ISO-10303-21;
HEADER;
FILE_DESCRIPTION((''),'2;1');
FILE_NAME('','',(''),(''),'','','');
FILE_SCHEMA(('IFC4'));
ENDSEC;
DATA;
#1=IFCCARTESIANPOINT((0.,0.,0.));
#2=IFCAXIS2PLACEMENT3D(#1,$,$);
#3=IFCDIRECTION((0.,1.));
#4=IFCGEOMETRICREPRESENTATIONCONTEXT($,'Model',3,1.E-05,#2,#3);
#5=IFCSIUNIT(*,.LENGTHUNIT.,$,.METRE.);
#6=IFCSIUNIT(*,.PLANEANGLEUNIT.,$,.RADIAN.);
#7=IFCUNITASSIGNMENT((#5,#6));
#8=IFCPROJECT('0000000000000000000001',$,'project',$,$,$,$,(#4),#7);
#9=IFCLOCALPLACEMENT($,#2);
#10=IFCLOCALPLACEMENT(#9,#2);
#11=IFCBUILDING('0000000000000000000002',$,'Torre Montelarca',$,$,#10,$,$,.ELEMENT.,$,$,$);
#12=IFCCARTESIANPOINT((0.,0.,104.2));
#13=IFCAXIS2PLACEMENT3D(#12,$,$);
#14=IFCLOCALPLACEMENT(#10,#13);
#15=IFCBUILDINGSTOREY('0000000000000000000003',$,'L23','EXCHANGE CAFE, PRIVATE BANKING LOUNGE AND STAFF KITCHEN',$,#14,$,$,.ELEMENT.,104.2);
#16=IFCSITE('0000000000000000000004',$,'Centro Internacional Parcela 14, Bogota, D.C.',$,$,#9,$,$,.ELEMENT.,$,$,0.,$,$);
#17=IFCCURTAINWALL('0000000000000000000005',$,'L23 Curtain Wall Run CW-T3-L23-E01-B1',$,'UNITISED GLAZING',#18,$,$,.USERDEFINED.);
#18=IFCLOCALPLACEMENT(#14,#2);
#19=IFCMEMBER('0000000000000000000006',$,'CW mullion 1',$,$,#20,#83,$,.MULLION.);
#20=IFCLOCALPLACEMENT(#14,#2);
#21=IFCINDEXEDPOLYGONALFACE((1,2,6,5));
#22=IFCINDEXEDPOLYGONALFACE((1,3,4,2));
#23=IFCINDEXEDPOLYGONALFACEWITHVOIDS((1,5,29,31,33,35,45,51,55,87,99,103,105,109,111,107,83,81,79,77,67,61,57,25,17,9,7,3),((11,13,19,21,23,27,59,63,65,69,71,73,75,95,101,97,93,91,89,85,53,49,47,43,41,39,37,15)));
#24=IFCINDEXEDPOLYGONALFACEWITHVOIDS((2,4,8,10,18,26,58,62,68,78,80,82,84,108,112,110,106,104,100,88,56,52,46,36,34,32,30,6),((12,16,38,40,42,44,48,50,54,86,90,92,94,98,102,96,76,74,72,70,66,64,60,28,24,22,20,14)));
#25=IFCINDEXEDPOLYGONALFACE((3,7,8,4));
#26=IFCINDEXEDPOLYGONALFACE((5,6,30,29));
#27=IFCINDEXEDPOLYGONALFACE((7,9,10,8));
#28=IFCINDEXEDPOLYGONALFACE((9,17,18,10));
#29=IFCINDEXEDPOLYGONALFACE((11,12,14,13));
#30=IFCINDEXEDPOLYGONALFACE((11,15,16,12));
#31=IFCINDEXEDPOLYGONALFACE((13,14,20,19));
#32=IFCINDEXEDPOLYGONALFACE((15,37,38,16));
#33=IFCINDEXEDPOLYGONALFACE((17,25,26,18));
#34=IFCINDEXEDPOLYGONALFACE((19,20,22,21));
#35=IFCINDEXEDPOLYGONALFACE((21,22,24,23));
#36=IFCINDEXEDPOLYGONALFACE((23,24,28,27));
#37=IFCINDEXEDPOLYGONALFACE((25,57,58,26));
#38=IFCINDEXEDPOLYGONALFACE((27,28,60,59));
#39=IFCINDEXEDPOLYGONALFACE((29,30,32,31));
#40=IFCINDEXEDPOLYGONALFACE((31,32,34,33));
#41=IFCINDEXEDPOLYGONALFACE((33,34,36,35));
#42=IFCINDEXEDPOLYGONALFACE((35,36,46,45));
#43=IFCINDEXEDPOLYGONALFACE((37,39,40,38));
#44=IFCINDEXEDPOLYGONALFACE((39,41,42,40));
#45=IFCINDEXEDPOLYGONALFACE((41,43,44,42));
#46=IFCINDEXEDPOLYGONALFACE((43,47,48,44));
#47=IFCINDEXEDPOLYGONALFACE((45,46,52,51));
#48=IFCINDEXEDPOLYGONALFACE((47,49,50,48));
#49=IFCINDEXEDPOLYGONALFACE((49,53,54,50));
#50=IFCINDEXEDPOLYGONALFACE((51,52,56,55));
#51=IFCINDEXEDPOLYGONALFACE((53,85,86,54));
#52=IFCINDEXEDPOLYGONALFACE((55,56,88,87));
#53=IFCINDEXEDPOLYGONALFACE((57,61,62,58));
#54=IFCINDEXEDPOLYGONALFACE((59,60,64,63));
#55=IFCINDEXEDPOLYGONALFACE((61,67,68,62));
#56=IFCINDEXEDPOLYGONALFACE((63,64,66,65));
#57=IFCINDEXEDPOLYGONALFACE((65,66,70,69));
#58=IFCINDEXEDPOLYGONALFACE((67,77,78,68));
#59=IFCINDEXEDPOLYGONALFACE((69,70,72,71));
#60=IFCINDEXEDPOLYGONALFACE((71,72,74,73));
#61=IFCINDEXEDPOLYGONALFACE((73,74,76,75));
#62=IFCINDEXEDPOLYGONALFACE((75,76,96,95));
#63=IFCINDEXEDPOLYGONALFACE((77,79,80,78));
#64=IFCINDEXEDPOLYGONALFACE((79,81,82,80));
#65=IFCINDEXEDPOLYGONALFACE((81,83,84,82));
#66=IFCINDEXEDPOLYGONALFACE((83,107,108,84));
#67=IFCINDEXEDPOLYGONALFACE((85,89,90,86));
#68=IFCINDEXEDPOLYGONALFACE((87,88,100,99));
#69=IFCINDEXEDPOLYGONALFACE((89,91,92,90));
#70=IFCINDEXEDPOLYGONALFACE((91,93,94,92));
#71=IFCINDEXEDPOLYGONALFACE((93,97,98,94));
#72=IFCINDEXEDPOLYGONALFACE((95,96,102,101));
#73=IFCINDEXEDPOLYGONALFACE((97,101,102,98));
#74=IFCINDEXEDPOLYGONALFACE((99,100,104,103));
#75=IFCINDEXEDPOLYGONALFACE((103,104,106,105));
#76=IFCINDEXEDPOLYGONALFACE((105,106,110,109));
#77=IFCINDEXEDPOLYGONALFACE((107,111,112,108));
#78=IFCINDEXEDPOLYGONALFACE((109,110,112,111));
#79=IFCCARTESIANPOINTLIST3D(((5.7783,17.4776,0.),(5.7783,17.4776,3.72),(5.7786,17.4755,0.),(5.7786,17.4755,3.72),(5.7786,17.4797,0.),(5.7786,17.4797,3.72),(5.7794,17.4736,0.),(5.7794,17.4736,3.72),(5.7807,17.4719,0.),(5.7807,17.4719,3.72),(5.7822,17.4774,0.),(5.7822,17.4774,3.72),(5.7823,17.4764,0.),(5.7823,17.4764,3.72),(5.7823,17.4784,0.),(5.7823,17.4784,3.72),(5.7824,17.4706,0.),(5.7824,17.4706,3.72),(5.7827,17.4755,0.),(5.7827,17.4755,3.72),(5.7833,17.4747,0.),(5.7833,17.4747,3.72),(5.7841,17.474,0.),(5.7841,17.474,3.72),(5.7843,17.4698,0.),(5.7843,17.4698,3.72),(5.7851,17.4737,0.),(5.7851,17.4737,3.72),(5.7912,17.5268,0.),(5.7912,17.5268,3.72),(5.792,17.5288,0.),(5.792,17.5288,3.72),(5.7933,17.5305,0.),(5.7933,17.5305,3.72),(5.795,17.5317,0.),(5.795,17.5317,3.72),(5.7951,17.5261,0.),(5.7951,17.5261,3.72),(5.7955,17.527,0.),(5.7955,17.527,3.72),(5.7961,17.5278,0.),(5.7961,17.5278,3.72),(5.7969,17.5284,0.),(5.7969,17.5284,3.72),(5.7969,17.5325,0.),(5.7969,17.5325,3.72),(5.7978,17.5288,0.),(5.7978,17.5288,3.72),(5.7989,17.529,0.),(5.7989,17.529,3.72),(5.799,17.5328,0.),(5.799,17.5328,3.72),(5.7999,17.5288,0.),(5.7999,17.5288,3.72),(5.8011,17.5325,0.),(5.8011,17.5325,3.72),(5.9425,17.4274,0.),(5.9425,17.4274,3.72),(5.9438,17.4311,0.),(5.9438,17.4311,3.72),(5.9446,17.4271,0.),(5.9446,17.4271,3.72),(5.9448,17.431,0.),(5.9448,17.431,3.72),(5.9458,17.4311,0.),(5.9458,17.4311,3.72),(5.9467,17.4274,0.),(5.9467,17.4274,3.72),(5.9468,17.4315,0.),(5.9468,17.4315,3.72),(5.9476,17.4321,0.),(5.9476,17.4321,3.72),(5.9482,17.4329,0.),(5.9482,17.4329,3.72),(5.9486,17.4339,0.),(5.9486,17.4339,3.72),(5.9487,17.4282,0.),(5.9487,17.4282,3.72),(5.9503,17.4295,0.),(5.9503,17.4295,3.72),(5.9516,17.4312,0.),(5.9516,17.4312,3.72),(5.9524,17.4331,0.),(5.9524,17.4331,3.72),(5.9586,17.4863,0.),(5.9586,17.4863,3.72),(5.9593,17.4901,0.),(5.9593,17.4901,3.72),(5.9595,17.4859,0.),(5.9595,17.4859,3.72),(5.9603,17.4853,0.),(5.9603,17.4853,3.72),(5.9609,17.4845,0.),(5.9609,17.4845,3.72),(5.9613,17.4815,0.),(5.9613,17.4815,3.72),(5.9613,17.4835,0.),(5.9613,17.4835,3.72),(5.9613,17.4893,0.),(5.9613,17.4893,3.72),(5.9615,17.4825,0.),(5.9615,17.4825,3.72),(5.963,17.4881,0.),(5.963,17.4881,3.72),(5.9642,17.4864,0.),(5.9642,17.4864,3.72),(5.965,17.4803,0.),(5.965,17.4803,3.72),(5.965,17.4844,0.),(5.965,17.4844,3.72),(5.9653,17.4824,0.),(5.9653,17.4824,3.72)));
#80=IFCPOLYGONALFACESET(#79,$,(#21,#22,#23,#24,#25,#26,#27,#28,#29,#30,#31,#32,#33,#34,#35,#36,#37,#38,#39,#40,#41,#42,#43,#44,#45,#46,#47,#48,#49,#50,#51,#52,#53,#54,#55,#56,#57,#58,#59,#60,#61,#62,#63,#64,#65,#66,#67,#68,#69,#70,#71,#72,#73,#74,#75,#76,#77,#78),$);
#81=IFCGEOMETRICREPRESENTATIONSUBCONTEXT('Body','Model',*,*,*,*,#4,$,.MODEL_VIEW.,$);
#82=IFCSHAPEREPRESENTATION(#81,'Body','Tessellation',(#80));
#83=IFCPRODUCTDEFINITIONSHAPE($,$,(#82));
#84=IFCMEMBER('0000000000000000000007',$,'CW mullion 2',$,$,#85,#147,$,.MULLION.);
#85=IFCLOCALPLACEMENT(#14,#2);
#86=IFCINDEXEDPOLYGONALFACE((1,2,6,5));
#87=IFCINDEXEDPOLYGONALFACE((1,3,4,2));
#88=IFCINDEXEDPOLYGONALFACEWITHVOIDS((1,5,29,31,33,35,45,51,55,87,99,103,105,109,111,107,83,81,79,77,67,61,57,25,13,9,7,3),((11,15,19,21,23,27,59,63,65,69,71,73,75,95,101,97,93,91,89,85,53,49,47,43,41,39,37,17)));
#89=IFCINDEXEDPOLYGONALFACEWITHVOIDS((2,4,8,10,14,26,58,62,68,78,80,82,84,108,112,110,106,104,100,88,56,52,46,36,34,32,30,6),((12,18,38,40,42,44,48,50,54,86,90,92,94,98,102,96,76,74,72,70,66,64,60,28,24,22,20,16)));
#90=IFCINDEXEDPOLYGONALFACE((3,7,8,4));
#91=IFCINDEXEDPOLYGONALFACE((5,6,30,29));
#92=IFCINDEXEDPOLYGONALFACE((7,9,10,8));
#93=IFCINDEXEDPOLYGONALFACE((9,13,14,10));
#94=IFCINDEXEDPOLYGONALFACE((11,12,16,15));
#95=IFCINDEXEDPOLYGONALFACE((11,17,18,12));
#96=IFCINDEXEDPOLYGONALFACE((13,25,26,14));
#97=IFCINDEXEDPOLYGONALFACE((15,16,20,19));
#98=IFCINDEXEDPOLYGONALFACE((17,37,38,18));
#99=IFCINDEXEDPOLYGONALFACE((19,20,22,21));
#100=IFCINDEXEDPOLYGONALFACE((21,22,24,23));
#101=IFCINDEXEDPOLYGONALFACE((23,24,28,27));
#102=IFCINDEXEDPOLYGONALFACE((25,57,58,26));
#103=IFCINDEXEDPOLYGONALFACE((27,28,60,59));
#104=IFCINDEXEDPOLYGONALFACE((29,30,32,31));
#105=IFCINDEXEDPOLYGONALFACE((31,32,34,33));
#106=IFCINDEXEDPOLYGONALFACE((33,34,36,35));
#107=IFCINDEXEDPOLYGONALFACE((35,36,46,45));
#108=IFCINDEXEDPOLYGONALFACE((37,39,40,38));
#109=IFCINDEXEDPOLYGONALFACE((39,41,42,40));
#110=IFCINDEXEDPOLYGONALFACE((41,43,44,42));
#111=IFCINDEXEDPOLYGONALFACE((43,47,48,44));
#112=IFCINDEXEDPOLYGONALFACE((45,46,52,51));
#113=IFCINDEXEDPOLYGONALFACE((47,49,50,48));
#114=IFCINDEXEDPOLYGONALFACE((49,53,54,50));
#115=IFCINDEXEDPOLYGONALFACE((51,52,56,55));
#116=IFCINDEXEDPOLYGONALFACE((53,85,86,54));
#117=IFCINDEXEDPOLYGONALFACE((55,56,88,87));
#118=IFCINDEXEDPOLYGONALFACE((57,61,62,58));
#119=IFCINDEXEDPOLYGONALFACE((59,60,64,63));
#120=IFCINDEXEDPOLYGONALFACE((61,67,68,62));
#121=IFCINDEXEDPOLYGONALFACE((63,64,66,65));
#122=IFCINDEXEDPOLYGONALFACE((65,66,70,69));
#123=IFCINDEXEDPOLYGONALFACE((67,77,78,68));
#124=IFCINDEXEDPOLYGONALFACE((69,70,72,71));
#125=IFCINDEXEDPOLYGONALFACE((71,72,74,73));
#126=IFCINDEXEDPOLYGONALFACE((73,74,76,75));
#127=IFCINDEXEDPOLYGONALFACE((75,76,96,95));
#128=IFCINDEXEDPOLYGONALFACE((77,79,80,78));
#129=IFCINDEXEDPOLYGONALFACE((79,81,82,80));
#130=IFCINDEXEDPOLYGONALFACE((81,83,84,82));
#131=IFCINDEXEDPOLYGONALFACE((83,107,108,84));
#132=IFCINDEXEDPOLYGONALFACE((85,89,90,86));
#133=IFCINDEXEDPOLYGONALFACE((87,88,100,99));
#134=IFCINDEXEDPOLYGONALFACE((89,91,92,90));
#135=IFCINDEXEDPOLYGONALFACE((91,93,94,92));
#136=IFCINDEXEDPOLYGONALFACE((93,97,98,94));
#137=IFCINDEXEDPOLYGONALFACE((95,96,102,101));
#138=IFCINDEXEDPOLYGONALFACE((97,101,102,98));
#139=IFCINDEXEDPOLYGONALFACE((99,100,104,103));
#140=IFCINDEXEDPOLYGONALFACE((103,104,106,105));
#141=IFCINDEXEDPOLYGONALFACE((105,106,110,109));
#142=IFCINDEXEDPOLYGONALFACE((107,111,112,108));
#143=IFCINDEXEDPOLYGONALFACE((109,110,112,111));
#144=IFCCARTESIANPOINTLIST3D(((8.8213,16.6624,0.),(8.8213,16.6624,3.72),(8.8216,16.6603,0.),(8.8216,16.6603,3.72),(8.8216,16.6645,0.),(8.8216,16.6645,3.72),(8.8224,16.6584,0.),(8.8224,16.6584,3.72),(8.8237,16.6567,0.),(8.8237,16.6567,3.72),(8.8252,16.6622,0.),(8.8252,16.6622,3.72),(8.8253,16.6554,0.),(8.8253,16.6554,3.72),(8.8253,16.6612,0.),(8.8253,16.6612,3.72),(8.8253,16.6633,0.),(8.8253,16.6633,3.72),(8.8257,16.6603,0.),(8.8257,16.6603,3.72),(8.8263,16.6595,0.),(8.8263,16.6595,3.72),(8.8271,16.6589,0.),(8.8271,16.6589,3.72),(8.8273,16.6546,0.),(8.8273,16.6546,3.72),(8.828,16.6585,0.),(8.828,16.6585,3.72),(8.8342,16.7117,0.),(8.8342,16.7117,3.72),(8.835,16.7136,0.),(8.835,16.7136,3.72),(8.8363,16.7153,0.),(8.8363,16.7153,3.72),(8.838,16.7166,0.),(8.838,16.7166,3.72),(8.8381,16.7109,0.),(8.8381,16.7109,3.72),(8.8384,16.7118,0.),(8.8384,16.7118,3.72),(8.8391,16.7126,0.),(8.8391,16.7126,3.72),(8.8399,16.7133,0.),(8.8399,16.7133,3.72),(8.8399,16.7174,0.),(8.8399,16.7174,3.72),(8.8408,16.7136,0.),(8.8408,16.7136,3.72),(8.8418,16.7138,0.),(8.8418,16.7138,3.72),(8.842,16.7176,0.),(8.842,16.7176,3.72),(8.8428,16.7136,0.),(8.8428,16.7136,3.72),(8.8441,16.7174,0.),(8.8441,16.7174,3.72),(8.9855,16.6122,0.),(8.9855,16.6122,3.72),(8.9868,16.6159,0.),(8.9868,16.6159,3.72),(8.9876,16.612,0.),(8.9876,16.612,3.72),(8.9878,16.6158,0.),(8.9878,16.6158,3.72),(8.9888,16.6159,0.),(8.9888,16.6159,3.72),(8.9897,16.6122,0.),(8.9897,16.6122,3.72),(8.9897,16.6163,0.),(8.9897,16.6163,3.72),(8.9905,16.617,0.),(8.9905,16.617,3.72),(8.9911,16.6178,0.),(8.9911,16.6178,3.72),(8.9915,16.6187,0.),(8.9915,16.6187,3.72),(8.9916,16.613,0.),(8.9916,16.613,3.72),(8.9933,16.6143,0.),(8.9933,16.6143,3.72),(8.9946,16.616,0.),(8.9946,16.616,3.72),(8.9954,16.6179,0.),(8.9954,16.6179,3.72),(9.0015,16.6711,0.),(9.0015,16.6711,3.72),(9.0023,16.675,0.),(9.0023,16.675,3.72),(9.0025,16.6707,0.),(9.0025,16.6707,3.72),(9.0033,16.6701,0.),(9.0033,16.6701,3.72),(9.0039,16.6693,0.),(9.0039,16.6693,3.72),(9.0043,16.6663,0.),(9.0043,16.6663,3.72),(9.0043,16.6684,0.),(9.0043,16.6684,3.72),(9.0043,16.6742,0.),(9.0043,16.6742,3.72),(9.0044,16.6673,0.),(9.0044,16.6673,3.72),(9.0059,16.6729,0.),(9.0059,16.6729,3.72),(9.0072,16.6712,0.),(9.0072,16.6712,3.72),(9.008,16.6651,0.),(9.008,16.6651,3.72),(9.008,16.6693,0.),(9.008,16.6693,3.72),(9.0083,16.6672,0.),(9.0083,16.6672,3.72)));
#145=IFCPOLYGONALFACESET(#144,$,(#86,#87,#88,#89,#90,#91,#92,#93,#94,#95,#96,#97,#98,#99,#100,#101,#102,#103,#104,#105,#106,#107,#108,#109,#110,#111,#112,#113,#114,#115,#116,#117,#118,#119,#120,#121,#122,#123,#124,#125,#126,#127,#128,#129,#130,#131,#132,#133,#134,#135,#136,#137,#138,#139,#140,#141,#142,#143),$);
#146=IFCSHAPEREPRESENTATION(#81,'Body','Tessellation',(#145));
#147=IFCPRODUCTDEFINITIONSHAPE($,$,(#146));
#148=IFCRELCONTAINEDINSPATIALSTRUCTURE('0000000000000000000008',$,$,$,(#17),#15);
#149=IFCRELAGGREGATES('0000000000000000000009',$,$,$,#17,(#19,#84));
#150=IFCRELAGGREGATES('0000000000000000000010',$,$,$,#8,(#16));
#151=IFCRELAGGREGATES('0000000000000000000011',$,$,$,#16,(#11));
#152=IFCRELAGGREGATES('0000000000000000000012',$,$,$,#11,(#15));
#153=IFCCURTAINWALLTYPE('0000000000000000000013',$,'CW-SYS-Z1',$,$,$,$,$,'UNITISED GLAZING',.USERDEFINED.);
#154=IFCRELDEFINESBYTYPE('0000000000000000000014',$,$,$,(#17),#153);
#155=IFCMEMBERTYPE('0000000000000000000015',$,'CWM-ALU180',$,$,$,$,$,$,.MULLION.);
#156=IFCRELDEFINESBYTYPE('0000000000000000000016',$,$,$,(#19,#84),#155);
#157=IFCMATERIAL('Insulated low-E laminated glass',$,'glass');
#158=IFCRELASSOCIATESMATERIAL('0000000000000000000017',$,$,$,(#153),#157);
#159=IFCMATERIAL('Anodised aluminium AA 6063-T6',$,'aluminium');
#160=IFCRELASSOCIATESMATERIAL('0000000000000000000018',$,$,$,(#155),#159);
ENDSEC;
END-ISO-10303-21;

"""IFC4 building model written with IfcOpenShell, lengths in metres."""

from ifc_helpers import new_model, si_unit, direction, frame, origin, origin_2d, place, context, subcontext, project, spatial, hollow_rectangle, extrude, source, transform, mapped, material, material_profile, profile_set, type_object, element, aggregate, save


model = new_model("IFC4")

# Units and contexts
model_context = context("Model", 3, precision=1e-05, world=origin(), true_north=direction((0.0, 1.0)))
body_context = subcontext(model_context, "Body", "Model", "MODEL_VIEW")
ifc_project = project(units=[si_unit("LENGTHUNIT", "METRE"), si_unit("PLANEANGLEUNIT", "RADIAN")], contexts=[model_context])

# Site, building, storey
site_placement = place(None, origin())
site = spatial("IfcSite", under=ifc_project, at=site_placement, Name="Centro Internacional Parcela 14, Bogota, D.C.", CompositionType="ELEMENT", RefElevation=0.0)
building_placement = place(site_placement, origin())
building = spatial("IfcBuilding", under=site, at=building_placement, Name="Torre Montelarca", CompositionType="ELEMENT")
storey_placement = place(building_placement, frame((0.0, 0.0, 104.2)))
storey = spatial("IfcBuildingStorey", under=building, at=storey_placement, Name="L23", Description="EXCHANGE CAFE, PRIVATE BANKING LOUNGE AND STAFF KITCHEN", CompositionType="ELEMENT", Elevation=104.2)

# Curtain wall
ifc_material_1 = material(Name="Insulated low-E laminated glass", Category="glass")
curtain_wall_type = type_object("IfcCurtainWallType", Name="CW-SYS-Z1", ElementType="UNITISED GLAZING", PredefinedType="USERDEFINED", material=ifc_material_1)
curtain_wall_1_placement = place(storey_placement, origin())
curtain_wall_1 = element("IfcCurtainWall", 1, at=curtain_wall_1_placement, inside=storey, type_object=curtain_wall_type, Name="L23 Curtain Wall Run CW-T3-L23-E01-B1", ObjectType="UNITISED GLAZING", PredefinedType="USERDEFINED")
ifc_material_2 = material(Name="Anodised aluminium AA 6063-T6", Category="aluminium")

# Members
ifc_material_profile_1 = material_profile(ifc_material_2, hollow_rectangle(XDim=0.0649, YDim=0.1799, WallThickness=0.0039, InnerFilletRadius=0.0039, OuterFilletRadius=0.0081, at=origin_2d()), Name="ALU65X180X4", Category="aluminium")
ifc_profile_set_1 = profile_set([ifc_material_profile_1], Name="Anodised aluminium AA 6063-T6")
member_type_1 = type_object("IfcMemberType", Name="CWM-ALU180", PredefinedType="MULLION", material=ifc_profile_set_1)
shared_shape_1 = source(origin(), body_context, "Body", "SweptSolid", [
    extrude(hollow_rectangle(XDim=0.0649, YDim=0.1799, WallThickness=0.0039, InnerFilletRadius=0.0039, OuterFilletRadius=0.0081, at=origin_2d()), origin(), (0.0, 0.0, 1.0), 3.72),
])
member_1_placement = place(storey_placement, frame((5.8718, 17.48, 0.0), z_axis=(0.0, 0.0, 1.0), x_axis=(0.258824, 0.965924, 0.0)))
member_1 = element("IfcMember", 2, at=member_1_placement, type_object=member_type_1, Name="CW mullion 1", PredefinedType="MULLION", context=body_context, shape_type="MappedRepresentation", body=[
    mapped(shared_shape_1, transform((0.0, 0.0, 0.0), scale=1.0)),
])
member_2_placement = place(storey_placement, frame((8.9148, 16.6648, 0.0), z_axis=(0.0, 0.0, 1.0), x_axis=(0.258824, 0.965924, 0.0)))
member_2 = element("IfcMember", 3, at=member_2_placement, type_object=member_type_1, Name="CW mullion 2", PredefinedType="MULLION", context=body_context, shape_type="MappedRepresentation", body=[
    mapped(shared_shape_1, transform((0.0, 0.0, 0.0), scale=1.0)),
])

aggregate(curtain_wall_1, [member_1, member_2])

save(model, "model.ifc")
